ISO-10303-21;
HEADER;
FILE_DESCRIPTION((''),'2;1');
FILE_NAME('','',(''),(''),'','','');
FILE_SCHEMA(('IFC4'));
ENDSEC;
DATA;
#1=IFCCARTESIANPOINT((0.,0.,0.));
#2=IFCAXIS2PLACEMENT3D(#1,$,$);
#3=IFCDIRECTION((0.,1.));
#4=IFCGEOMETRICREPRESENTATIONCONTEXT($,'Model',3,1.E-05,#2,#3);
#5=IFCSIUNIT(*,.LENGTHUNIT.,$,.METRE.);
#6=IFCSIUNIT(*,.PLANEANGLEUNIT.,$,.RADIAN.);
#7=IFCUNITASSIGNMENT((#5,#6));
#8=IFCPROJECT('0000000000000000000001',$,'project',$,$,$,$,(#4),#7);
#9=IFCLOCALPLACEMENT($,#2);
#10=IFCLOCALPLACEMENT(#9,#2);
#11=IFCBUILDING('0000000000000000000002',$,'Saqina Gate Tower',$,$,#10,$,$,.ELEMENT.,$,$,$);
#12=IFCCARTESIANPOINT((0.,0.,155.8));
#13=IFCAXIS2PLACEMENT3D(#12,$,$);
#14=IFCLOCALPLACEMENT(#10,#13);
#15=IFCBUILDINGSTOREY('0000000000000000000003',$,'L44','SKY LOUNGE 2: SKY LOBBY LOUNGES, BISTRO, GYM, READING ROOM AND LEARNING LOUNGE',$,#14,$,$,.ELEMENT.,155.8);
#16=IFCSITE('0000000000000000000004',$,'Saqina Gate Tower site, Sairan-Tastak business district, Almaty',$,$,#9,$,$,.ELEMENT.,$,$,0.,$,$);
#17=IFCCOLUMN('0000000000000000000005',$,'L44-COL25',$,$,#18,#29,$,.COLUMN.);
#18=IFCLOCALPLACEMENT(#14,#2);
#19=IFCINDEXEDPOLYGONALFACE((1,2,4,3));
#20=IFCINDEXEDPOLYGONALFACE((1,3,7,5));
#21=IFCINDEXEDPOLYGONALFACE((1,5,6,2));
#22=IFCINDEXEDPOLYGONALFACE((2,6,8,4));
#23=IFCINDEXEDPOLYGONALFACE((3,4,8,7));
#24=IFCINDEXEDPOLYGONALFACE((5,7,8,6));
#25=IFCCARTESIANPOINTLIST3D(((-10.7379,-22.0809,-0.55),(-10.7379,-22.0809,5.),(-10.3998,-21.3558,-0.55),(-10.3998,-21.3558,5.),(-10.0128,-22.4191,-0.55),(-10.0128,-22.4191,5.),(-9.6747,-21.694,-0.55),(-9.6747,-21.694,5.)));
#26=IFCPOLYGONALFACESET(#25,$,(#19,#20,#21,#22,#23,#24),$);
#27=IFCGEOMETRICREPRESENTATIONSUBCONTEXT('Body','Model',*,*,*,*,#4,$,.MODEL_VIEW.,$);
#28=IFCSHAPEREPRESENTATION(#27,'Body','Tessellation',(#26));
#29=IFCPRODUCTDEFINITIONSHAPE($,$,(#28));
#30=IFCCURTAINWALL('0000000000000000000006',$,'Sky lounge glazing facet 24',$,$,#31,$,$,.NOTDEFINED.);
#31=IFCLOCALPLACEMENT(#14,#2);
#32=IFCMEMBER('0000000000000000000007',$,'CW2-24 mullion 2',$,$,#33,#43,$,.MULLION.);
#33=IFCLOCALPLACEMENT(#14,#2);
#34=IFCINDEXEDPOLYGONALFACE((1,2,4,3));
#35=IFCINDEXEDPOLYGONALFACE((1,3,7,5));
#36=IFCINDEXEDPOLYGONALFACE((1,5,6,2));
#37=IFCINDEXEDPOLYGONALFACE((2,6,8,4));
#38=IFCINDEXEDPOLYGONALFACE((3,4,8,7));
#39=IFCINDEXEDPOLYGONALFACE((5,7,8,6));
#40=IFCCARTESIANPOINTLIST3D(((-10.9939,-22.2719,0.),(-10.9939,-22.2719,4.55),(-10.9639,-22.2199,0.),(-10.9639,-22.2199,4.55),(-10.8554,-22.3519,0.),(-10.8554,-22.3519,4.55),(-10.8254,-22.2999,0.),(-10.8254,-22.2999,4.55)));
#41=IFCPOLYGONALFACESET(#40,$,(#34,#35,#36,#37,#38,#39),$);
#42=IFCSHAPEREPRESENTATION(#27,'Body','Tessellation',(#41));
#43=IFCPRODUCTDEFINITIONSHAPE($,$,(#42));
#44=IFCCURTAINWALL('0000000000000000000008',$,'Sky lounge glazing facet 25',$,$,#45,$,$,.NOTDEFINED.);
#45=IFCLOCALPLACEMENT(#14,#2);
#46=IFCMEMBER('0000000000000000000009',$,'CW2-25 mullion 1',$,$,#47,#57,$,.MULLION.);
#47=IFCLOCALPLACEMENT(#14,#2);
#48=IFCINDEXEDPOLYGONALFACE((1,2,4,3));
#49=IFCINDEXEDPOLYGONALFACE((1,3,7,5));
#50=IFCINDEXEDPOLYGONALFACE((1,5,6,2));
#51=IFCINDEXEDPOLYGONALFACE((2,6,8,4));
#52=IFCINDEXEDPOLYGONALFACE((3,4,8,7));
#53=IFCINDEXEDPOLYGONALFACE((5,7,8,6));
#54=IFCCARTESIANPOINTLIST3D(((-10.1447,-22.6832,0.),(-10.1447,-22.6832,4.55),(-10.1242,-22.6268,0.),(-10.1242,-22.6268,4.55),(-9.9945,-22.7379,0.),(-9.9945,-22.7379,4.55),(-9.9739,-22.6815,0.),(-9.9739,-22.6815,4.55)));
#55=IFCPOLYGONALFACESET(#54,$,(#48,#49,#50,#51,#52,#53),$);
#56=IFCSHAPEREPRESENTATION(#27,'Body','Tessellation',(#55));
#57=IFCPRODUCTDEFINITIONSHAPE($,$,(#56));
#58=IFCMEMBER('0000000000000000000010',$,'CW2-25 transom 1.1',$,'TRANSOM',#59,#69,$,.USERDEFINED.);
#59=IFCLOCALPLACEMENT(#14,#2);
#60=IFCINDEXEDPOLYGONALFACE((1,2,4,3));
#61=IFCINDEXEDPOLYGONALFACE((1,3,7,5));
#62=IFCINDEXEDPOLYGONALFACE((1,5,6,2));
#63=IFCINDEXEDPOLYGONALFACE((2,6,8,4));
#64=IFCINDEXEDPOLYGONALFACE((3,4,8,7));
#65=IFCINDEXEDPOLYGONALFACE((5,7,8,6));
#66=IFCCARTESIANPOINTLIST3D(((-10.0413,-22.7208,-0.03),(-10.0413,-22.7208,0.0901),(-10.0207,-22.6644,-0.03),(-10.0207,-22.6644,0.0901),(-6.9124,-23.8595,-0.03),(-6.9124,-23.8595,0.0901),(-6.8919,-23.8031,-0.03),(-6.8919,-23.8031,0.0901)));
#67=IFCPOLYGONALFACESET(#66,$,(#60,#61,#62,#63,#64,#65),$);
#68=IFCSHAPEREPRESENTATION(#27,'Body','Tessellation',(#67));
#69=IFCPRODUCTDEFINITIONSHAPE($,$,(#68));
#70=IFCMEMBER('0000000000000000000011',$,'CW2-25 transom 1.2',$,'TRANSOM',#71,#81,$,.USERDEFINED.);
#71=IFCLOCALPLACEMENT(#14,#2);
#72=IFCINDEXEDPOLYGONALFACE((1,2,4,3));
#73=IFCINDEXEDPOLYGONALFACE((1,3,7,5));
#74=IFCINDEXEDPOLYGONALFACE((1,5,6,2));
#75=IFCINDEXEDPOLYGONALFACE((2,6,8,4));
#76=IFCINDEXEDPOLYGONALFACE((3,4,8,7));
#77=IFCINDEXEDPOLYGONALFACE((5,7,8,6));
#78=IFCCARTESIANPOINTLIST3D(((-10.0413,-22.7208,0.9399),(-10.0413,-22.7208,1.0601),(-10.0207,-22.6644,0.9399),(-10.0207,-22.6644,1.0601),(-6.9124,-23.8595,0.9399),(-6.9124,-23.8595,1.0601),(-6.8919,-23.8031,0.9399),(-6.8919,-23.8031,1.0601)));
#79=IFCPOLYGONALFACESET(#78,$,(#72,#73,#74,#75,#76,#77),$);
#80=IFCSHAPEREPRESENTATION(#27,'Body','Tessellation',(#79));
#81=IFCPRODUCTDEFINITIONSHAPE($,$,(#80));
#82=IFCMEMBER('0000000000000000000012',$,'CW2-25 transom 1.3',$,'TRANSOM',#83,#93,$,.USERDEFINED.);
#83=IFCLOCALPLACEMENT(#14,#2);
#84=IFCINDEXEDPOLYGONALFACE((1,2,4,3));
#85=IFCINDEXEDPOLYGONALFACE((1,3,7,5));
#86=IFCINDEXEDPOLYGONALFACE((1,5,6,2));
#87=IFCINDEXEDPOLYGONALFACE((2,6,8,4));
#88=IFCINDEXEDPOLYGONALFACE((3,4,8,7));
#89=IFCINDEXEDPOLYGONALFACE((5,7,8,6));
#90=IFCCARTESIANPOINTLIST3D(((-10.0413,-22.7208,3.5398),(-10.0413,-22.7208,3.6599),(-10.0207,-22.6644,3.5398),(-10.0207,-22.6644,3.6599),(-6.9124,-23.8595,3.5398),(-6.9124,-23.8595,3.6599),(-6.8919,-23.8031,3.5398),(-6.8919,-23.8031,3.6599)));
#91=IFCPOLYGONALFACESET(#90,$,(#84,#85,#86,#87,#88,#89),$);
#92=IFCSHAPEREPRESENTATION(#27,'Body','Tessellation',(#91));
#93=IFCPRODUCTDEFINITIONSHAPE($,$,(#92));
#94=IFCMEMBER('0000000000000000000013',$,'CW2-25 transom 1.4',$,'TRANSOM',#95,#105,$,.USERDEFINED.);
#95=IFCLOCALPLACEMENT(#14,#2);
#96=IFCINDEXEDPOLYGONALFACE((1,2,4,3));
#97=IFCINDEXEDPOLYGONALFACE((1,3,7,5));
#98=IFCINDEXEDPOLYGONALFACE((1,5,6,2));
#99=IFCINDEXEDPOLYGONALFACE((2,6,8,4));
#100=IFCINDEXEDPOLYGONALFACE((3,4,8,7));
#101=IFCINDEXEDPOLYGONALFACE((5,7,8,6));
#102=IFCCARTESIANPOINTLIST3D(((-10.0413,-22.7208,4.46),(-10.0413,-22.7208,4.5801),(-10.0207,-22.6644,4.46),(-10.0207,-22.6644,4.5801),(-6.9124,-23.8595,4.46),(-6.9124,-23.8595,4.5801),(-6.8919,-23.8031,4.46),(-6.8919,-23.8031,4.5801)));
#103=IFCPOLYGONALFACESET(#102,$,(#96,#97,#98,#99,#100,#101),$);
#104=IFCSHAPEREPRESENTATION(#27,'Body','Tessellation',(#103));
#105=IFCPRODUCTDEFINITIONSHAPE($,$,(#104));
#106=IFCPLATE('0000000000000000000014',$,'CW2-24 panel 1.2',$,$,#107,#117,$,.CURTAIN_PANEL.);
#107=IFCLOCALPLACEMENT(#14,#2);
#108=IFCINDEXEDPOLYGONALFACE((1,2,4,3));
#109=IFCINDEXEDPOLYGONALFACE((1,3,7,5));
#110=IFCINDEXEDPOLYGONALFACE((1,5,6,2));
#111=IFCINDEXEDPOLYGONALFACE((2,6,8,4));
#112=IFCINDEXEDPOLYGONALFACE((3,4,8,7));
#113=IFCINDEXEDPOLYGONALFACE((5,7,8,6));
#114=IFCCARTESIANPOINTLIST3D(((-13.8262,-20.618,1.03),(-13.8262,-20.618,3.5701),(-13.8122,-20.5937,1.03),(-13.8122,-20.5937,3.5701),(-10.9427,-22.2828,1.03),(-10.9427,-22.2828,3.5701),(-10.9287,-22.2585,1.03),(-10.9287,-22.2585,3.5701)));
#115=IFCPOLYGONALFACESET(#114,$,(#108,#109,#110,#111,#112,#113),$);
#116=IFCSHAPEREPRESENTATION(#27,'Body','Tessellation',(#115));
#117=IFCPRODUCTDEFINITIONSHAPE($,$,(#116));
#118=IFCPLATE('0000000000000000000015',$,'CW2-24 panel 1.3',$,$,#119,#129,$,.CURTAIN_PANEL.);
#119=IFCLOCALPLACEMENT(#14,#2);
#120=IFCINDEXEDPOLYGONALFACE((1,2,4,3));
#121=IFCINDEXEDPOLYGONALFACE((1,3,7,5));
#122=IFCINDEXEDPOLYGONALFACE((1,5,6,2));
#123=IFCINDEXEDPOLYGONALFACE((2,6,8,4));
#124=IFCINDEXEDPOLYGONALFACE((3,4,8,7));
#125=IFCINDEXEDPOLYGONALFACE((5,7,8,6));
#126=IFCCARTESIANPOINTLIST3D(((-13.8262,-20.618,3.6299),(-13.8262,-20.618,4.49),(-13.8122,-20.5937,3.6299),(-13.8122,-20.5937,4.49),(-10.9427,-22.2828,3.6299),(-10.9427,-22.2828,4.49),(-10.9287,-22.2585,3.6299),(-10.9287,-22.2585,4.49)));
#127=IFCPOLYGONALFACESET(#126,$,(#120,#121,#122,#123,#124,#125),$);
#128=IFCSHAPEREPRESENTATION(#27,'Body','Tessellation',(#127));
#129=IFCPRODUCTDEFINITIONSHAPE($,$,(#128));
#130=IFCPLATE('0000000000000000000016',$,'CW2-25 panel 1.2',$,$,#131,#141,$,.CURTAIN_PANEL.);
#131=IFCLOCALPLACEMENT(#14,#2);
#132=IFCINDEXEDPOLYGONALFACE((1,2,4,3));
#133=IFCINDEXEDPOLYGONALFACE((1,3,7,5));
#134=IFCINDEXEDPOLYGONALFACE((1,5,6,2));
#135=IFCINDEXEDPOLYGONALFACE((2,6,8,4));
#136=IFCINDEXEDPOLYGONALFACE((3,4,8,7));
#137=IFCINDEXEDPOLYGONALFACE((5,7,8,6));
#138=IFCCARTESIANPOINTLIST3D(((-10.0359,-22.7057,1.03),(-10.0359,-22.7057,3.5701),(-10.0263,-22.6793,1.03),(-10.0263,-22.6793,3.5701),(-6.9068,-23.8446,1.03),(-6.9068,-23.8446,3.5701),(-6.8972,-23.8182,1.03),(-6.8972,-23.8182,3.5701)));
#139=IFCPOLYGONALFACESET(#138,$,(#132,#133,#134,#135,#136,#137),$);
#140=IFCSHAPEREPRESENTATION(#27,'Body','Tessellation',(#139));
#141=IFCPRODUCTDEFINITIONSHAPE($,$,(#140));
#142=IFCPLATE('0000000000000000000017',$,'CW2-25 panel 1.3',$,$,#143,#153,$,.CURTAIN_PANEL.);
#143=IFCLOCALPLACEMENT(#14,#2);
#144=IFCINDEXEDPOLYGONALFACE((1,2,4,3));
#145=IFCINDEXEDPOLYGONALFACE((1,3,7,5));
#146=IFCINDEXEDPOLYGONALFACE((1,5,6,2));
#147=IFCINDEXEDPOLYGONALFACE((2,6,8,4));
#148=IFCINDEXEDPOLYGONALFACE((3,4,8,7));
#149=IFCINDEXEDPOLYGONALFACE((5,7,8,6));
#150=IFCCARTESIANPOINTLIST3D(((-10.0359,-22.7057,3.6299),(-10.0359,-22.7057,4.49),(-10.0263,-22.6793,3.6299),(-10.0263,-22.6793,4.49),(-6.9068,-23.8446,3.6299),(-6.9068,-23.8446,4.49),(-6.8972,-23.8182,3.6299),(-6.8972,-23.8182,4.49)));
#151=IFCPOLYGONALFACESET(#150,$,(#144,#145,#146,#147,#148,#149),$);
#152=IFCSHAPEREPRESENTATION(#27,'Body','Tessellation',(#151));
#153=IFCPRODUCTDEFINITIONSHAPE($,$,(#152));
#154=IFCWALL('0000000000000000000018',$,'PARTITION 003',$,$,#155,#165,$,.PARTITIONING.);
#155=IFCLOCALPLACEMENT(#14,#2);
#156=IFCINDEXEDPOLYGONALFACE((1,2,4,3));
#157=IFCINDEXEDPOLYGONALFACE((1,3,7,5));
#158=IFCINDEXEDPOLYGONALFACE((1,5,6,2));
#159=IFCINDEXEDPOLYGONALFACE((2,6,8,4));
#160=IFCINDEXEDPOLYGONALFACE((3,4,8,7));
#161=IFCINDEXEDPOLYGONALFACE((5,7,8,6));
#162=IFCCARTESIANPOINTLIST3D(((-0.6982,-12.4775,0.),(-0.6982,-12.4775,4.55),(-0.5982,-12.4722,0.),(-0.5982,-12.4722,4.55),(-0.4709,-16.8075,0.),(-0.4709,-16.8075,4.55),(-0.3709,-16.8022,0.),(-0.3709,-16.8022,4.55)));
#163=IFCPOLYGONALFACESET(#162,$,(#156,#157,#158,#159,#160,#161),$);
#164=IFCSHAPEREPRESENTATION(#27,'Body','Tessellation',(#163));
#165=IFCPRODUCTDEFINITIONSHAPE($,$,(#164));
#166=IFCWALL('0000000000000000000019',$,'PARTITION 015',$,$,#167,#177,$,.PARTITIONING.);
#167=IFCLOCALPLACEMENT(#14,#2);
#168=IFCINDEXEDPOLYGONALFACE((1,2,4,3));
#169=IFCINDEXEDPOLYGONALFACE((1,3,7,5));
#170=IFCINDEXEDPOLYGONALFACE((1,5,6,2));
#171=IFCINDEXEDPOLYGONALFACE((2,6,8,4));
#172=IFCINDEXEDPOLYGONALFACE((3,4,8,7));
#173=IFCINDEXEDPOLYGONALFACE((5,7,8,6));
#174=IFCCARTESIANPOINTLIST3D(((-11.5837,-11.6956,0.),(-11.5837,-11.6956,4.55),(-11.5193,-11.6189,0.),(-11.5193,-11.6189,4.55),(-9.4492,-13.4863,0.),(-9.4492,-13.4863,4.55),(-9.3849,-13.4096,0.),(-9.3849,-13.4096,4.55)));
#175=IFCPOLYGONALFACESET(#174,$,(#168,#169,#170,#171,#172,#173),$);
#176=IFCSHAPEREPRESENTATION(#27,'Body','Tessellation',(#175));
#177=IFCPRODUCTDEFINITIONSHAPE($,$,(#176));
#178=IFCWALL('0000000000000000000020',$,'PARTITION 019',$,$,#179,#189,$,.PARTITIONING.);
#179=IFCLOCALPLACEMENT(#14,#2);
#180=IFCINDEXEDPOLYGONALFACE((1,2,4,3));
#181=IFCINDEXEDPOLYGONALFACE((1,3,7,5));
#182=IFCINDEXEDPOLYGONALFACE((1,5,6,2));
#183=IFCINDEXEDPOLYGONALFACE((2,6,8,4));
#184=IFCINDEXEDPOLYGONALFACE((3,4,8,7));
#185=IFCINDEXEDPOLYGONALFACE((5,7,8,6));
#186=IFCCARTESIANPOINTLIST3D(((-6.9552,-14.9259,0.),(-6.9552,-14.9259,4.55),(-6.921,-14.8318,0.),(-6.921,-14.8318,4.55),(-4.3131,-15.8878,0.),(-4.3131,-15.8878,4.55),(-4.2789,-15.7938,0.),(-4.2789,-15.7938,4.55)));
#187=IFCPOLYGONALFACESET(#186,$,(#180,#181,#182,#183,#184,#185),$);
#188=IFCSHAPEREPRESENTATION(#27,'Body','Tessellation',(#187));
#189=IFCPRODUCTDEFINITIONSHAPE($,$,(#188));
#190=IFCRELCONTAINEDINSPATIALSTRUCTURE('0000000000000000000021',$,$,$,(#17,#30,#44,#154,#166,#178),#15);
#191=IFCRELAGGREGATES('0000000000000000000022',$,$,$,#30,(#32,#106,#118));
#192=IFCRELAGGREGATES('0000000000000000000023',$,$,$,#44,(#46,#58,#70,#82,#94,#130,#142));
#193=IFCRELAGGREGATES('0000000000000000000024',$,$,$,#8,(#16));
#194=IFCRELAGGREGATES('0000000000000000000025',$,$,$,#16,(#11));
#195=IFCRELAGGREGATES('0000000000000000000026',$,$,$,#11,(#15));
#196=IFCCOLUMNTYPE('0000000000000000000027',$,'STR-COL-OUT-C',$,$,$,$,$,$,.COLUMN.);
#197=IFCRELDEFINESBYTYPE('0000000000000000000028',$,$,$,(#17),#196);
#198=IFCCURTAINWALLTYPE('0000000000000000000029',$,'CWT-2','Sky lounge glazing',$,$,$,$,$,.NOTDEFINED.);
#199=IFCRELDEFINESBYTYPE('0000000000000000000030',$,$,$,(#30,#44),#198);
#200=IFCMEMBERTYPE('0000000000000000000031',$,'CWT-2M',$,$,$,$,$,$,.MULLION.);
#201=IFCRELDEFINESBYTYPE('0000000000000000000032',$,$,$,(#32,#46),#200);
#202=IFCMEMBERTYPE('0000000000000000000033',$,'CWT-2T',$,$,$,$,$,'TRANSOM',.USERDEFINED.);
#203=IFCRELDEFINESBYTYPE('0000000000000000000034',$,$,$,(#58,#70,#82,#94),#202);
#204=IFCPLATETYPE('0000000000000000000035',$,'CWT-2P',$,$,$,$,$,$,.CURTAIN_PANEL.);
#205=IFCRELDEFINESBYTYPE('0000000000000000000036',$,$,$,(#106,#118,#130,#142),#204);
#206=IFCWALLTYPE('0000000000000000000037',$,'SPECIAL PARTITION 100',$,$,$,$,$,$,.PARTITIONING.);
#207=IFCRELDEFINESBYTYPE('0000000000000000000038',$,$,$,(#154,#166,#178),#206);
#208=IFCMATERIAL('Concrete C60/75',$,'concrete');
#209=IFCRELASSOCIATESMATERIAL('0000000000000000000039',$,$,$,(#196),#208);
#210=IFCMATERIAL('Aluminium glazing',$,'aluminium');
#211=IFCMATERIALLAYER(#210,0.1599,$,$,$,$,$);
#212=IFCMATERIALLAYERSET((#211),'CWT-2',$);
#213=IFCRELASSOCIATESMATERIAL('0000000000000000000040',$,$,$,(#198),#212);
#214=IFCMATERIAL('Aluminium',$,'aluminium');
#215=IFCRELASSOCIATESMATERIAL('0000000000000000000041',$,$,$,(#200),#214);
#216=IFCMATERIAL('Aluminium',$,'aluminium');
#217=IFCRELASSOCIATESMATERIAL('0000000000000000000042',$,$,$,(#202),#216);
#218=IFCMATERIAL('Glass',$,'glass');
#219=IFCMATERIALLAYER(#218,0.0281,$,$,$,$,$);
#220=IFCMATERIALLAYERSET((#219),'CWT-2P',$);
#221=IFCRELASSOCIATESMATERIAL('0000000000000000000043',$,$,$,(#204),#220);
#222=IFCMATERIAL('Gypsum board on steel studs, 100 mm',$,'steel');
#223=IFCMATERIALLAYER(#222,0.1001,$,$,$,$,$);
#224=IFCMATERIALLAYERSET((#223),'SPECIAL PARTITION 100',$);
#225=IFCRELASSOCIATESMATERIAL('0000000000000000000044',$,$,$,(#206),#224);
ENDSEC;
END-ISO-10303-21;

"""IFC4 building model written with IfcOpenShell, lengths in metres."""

from ifc_helpers import new_model, si_unit, direction, frame, frame_2d, origin, origin_2d, place, context, subcontext, project, spatial, rectangle, extrude, material, layer, layer_set, material_profile, profile_set, type_object, element, aggregate, save


model = new_model("IFC4")

# Units and contexts
model_context = context("Model", 3, precision=1e-05, world=origin(), true_north=direction((0.0, 1.0)))
body_context = subcontext(model_context, "Body", "Model", "MODEL_VIEW")
ifc_project = project(units=[si_unit("LENGTHUNIT", "METRE"), si_unit("PLANEANGLEUNIT", "RADIAN")], contexts=[model_context])

# Site, building, storey
site_placement = place(None, origin())
site = spatial("IfcSite", under=ifc_project, at=site_placement, Name="Saqina Gate Tower site, Sairan-Tastak business district, Almaty", CompositionType="ELEMENT", RefElevation=0.0)
building_placement = place(site_placement, origin())
building = spatial("IfcBuilding", under=site, at=building_placement, Name="Saqina Gate Tower", CompositionType="ELEMENT")
storey_placement = place(building_placement, frame((0.0, 0.0, 155.8)))
storey = spatial("IfcBuildingStorey", under=building, at=storey_placement, Name="L44", Description="SKY LOUNGE 2: SKY LOBBY LOUNGES, BISTRO, GYM, READING ROOM AND LEARNING LOUNGE", CompositionType="ELEMENT", Elevation=155.8)

# Column
ifc_material_1 = material(Name="Concrete C60/75", Category="concrete")
ifc_material_profile_1 = material_profile(ifc_material_1, rectangle(XDim=0.8, YDim=0.8, at=origin_2d()), Name="RC 800x800")
ifc_profile_set_1 = profile_set([ifc_material_profile_1], Name="Concrete C60/75")
column_type = type_object("IfcColumnType", Name="STR-COL-OUT-C", PredefinedType="COLUMN", material=ifc_profile_set_1)
column_placement = place(storey_placement, frame((-10.2063, -21.8875, -0.55), z_axis=(0.0, 0.0, 1.0), x_axis=(-0.422618, -0.906308, 0.0)))
element("IfcColumn", 1, at=column_placement, inside=storey, type_object=column_type, Name="L44-COL25", PredefinedType="COLUMN", context=body_context, shape_type="SweptSolid", body=[
    extrude(rectangle(XDim=0.8, YDim=0.8, at=origin_2d()), origin(), (0.0, 0.0, 1.0), 5.55),
])

# Curtain wall, member
ifc_material_2 = material(Name="Aluminium glazing", Category="aluminium")
ifc_layer_1 = layer(ifc_material_2, 0.1599)
ifc_layer_set_1 = layer_set([ifc_layer_1], Name="CWT-2")
curtain_wall_type = type_object("IfcCurtainWallType", Name="CWT-2", Description="Sky lounge glazing", PredefinedType="NOTDEFINED", material=ifc_layer_set_1)
curtain_wall_1_placement = place(storey_placement, origin())
curtain_wall_1 = element("IfcCurtainWall", 2, at=curtain_wall_1_placement, inside=storey, type_object=curtain_wall_type, Name="Sky lounge glazing facet 24", PredefinedType="NOTDEFINED")
ifc_material_3 = material(Name="Aluminium", Category="aluminium")
ifc_material_profile_2 = material_profile(ifc_material_3, rectangle(XDim=0.0601, YDim=0.1599, at=origin_2d()), Name="Aluminium 60x160")
ifc_profile_set_2 = profile_set([ifc_material_profile_2], Name="Aluminium")
member_type_1 = type_object("IfcMemberType", Name="CWT-2M", PredefinedType="MULLION", material=ifc_profile_set_2)
member_1_placement = place(storey_placement, frame((-10.9097, -22.2859, 0.0), z_axis=(0.0, 0.0, 1.0), x_axis=(0.500014, 0.866017, 0.0)))
member_1 = element("IfcMember", 3, at=member_1_placement, type_object=member_type_1, Name="CW2-24 mullion 2", PredefinedType="MULLION", context=body_context, shape_type="SweptSolid", body=[
    extrude(rectangle(XDim=0.0601, YDim=0.1599, at=origin_2d()), origin(), (0.0, 0.0, 1.0), 4.55),
])

# Curtain wall, members
curtain_wall_2_placement = place(storey_placement, origin())
curtain_wall_2 = element("IfcCurtainWall", 4, at=curtain_wall_2_placement, inside=storey, type_object=curtain_wall_type, Name="Sky lounge glazing facet 25", PredefinedType="NOTDEFINED")
member_2_placement = place(storey_placement, frame((-10.0593, -22.6824, 0.0), z_axis=(0.0, 0.0, 1.0), x_axis=(0.342025, 0.939691, 0.0)))
member_2 = element("IfcMember", 5, at=member_2_placement, type_object=member_type_1, Name="CW2-25 mullion 1", PredefinedType="MULLION", context=body_context, shape_type="SweptSolid", body=[
    extrude(rectangle(XDim=0.0601, YDim=0.1599, at=origin_2d()), origin(), (0.0, 0.0, 1.0), 4.55),
])
ifc_material_4 = material(Name="Aluminium", Category="aluminium")
ifc_material_profile_3 = material_profile(ifc_material_4, rectangle(XDim=0.0601, YDim=0.1201, at=origin_2d()), Name="Aluminium 60x120")
ifc_profile_set_3 = profile_set([ifc_material_profile_3], Name="Aluminium")
member_type_2 = type_object("IfcMemberType", Name="CWT-2T", ElementType="TRANSOM", PredefinedType="USERDEFINED", material=ifc_profile_set_3)
member_3_placement = place(storey_placement, frame((-10.031, -22.6926, 0.03), z_axis=(0.939708, -0.341979, 0.0), x_axis=(0.341979, 0.939708, 0.0)))
member_3 = element("IfcMember", 6, at=member_3_placement, type_object=member_type_2, Name="CW2-25 transom 1.1", ObjectType="TRANSOM", PredefinedType="USERDEFINED", context=body_context, shape_type="SweptSolid", body=[
    extrude(rectangle(XDim=0.0601, YDim=0.1201, at=origin_2d()), origin(), (0.0, 0.0, 1.0), 3.3296),
])
member_4_placement = place(storey_placement, frame((-10.031, -22.6926, 1.0), z_axis=(0.939708, -0.341979, 0.0), x_axis=(0.341979, 0.939708, 0.0)))
member_4 = element("IfcMember", 7, at=member_4_placement, type_object=member_type_2, Name="CW2-25 transom 1.2", ObjectType="TRANSOM", PredefinedType="USERDEFINED", context=body_context, shape_type="SweptSolid", body=[
    extrude(rectangle(XDim=0.0601, YDim=0.1201, at=origin_2d()), origin(), (0.0, 0.0, 1.0), 3.3296),
])
member_5_placement = place(storey_placement, frame((-10.031, -22.6926, 3.5999), z_axis=(0.939708, -0.341979, 0.0), x_axis=(0.341979, 0.939708, 0.0)))
member_5 = element("IfcMember", 8, at=member_5_placement, type_object=member_type_2, Name="CW2-25 transom 1.3", ObjectType="TRANSOM", PredefinedType="USERDEFINED", context=body_context, shape_type="SweptSolid", body=[
    extrude(rectangle(XDim=0.0601, YDim=0.1201, at=origin_2d()), origin(), (0.0, 0.0, 1.0), 3.3296),
])
member_6_placement = place(storey_placement, frame((-10.031, -22.6926, 4.52), z_axis=(0.939708, -0.341979, 0.0), x_axis=(0.341979, 0.939708, 0.0)))
member_6 = element("IfcMember", 9, at=member_6_placement, type_object=member_type_2, Name="CW2-25 transom 1.4", ObjectType="TRANSOM", PredefinedType="USERDEFINED", context=body_context, shape_type="SweptSolid", body=[
    extrude(rectangle(XDim=0.0601, YDim=0.1201, at=origin_2d()), origin(), (0.0, 0.0, 1.0), 3.3296),
])

# Plates
ifc_material_5 = material(Name="Glass", Category="glass")
ifc_layer_2 = layer(ifc_material_5, 0.0281)
ifc_layer_set_2 = layer_set([ifc_layer_2], Name="CWT-2P")
plate_type = type_object("IfcPlateType", Name="CWT-2P", PredefinedType="CURTAIN_PANEL", material=ifc_layer_set_2)
plate_1_placement = place(storey_placement, frame((-12.3774, -21.4382, 1.03), z_axis=(0.0, 0.0, 1.0), x_axis=(0.866017, -0.500014, 0.0)))
plate_1 = element("IfcPlate", 10, at=plate_1_placement, type_object=plate_type, Name="CW2-24 panel 1.2", PredefinedType="CURTAIN_PANEL", context=body_context, shape_type="SweptSolid", body=[
    extrude(rectangle(XDim=3.3296, YDim=0.0281, at=origin_2d()), origin(), (0.0, 0.0, 1.0), 2.54),
])
plate_2_placement = place(storey_placement, frame((-12.3774, -21.4382, 3.6299), z_axis=(0.0, 0.0, 1.0), x_axis=(0.866017, -0.500014, 0.0)))
plate_2 = element("IfcPlate", 11, at=plate_2_placement, type_object=plate_type, Name="CW2-24 panel 1.3", PredefinedType="CURTAIN_PANEL", context=body_context, shape_type="SweptSolid", body=[
    extrude(rectangle(XDim=3.3296, YDim=0.0281, at=origin_2d()), origin(), (0.0, 0.0, 1.0), 0.8601),
])
aggregate(curtain_wall_1, [member_1, plate_1, plate_2])
plate_3_placement = place(storey_placement, frame((-8.4666, -23.262, 1.03), z_axis=(0.0, 0.0, 1.0), x_axis=(0.939691, -0.342025, 0.0)))
plate_3 = element("IfcPlate", 12, at=plate_3_placement, type_object=plate_type, Name="CW2-25 panel 1.2", PredefinedType="CURTAIN_PANEL", context=body_context, shape_type="SweptSolid", body=[
    extrude(rectangle(XDim=3.3298, YDim=0.0281, at=origin_2d()), origin(), (0.0, 0.0, 1.0), 2.54),
])
plate_4_placement = place(storey_placement, frame((-8.4666, -23.262, 3.6299), z_axis=(0.0, 0.0, 1.0), x_axis=(0.939691, -0.342025, 0.0)))
plate_4 = element("IfcPlate", 13, at=plate_4_placement, type_object=plate_type, Name="CW2-25 panel 1.3", PredefinedType="CURTAIN_PANEL", context=body_context, shape_type="SweptSolid", body=[
    extrude(rectangle(XDim=3.3298, YDim=0.0281, at=origin_2d()), origin(), (0.0, 0.0, 1.0), 0.8601),
])
aggregate(curtain_wall_2, [member_2, member_3, member_4, member_5, member_6, plate_3, plate_4])

# Walls
ifc_material_6 = material(Name="Gypsum board on steel studs, 100 mm", Category="steel")
ifc_layer_3 = layer(ifc_material_6, 0.1001)
ifc_layer_set_3 = layer_set([ifc_layer_3], Name="SPECIAL PARTITION 100")
wall_type_1 = type_object("IfcWallType", Name="SPECIAL PARTITION 100", PredefinedType="PARTITIONING", material=ifc_layer_set_3)
wall_1_placement = place(storey_placement, frame((-0.6482, -12.4749, 0.0), z_axis=(0.0, 0.0, 1.0), x_axis=(0.05242, -0.998625, 0.0)))
element("IfcWall", 14, at=wall_1_placement, inside=storey, type_object=wall_type_1, Name="PARTITION 003", PredefinedType="PARTITIONING", context=body_context, shape_type="SweptSolid", body=[
    extrude(rectangle(XDim=4.3359, YDim=0.1001, at=frame_2d((2.168, 0.0))), origin(), (0.0, 0.0, 1.0), 4.55),
])
wall_2_placement = place(storey_placement, frame((-11.5515, -11.6572, 0.0), z_axis=(0.0, 0.0, 1.0), x_axis=(0.766098, -0.642723, 0.0)))
element("IfcWall", 15, at=wall_2_placement, inside=storey, type_object=wall_type_1, Name="PARTITION 015", PredefinedType="PARTITIONING", context=body_context, shape_type="SweptSolid", body=[
    extrude(rectangle(XDim=2.7861, YDim=0.1001, at=frame_2d((1.3931, 0.0))), origin(), (0.0, 0.0, 1.0), 4.55),
])
wall_3_placement = place(storey_placement, frame((-6.938, -14.8789, 0.0), z_axis=(0.0, 0.0, 1.0), x_axis=(0.939662, -0.342106, 0.0)))
element("IfcWall", 16, at=wall_3_placement, inside=storey, type_object=wall_type_1, Name="PARTITION 019", PredefinedType="PARTITIONING", context=body_context, shape_type="SweptSolid", body=[
    extrude(rectangle(XDim=2.8118, YDim=0.1001, at=frame_2d((1.4058, 0.0))), origin(), (0.0, 0.0, 1.0), 4.55),
])

save(model, "model.ifc")
